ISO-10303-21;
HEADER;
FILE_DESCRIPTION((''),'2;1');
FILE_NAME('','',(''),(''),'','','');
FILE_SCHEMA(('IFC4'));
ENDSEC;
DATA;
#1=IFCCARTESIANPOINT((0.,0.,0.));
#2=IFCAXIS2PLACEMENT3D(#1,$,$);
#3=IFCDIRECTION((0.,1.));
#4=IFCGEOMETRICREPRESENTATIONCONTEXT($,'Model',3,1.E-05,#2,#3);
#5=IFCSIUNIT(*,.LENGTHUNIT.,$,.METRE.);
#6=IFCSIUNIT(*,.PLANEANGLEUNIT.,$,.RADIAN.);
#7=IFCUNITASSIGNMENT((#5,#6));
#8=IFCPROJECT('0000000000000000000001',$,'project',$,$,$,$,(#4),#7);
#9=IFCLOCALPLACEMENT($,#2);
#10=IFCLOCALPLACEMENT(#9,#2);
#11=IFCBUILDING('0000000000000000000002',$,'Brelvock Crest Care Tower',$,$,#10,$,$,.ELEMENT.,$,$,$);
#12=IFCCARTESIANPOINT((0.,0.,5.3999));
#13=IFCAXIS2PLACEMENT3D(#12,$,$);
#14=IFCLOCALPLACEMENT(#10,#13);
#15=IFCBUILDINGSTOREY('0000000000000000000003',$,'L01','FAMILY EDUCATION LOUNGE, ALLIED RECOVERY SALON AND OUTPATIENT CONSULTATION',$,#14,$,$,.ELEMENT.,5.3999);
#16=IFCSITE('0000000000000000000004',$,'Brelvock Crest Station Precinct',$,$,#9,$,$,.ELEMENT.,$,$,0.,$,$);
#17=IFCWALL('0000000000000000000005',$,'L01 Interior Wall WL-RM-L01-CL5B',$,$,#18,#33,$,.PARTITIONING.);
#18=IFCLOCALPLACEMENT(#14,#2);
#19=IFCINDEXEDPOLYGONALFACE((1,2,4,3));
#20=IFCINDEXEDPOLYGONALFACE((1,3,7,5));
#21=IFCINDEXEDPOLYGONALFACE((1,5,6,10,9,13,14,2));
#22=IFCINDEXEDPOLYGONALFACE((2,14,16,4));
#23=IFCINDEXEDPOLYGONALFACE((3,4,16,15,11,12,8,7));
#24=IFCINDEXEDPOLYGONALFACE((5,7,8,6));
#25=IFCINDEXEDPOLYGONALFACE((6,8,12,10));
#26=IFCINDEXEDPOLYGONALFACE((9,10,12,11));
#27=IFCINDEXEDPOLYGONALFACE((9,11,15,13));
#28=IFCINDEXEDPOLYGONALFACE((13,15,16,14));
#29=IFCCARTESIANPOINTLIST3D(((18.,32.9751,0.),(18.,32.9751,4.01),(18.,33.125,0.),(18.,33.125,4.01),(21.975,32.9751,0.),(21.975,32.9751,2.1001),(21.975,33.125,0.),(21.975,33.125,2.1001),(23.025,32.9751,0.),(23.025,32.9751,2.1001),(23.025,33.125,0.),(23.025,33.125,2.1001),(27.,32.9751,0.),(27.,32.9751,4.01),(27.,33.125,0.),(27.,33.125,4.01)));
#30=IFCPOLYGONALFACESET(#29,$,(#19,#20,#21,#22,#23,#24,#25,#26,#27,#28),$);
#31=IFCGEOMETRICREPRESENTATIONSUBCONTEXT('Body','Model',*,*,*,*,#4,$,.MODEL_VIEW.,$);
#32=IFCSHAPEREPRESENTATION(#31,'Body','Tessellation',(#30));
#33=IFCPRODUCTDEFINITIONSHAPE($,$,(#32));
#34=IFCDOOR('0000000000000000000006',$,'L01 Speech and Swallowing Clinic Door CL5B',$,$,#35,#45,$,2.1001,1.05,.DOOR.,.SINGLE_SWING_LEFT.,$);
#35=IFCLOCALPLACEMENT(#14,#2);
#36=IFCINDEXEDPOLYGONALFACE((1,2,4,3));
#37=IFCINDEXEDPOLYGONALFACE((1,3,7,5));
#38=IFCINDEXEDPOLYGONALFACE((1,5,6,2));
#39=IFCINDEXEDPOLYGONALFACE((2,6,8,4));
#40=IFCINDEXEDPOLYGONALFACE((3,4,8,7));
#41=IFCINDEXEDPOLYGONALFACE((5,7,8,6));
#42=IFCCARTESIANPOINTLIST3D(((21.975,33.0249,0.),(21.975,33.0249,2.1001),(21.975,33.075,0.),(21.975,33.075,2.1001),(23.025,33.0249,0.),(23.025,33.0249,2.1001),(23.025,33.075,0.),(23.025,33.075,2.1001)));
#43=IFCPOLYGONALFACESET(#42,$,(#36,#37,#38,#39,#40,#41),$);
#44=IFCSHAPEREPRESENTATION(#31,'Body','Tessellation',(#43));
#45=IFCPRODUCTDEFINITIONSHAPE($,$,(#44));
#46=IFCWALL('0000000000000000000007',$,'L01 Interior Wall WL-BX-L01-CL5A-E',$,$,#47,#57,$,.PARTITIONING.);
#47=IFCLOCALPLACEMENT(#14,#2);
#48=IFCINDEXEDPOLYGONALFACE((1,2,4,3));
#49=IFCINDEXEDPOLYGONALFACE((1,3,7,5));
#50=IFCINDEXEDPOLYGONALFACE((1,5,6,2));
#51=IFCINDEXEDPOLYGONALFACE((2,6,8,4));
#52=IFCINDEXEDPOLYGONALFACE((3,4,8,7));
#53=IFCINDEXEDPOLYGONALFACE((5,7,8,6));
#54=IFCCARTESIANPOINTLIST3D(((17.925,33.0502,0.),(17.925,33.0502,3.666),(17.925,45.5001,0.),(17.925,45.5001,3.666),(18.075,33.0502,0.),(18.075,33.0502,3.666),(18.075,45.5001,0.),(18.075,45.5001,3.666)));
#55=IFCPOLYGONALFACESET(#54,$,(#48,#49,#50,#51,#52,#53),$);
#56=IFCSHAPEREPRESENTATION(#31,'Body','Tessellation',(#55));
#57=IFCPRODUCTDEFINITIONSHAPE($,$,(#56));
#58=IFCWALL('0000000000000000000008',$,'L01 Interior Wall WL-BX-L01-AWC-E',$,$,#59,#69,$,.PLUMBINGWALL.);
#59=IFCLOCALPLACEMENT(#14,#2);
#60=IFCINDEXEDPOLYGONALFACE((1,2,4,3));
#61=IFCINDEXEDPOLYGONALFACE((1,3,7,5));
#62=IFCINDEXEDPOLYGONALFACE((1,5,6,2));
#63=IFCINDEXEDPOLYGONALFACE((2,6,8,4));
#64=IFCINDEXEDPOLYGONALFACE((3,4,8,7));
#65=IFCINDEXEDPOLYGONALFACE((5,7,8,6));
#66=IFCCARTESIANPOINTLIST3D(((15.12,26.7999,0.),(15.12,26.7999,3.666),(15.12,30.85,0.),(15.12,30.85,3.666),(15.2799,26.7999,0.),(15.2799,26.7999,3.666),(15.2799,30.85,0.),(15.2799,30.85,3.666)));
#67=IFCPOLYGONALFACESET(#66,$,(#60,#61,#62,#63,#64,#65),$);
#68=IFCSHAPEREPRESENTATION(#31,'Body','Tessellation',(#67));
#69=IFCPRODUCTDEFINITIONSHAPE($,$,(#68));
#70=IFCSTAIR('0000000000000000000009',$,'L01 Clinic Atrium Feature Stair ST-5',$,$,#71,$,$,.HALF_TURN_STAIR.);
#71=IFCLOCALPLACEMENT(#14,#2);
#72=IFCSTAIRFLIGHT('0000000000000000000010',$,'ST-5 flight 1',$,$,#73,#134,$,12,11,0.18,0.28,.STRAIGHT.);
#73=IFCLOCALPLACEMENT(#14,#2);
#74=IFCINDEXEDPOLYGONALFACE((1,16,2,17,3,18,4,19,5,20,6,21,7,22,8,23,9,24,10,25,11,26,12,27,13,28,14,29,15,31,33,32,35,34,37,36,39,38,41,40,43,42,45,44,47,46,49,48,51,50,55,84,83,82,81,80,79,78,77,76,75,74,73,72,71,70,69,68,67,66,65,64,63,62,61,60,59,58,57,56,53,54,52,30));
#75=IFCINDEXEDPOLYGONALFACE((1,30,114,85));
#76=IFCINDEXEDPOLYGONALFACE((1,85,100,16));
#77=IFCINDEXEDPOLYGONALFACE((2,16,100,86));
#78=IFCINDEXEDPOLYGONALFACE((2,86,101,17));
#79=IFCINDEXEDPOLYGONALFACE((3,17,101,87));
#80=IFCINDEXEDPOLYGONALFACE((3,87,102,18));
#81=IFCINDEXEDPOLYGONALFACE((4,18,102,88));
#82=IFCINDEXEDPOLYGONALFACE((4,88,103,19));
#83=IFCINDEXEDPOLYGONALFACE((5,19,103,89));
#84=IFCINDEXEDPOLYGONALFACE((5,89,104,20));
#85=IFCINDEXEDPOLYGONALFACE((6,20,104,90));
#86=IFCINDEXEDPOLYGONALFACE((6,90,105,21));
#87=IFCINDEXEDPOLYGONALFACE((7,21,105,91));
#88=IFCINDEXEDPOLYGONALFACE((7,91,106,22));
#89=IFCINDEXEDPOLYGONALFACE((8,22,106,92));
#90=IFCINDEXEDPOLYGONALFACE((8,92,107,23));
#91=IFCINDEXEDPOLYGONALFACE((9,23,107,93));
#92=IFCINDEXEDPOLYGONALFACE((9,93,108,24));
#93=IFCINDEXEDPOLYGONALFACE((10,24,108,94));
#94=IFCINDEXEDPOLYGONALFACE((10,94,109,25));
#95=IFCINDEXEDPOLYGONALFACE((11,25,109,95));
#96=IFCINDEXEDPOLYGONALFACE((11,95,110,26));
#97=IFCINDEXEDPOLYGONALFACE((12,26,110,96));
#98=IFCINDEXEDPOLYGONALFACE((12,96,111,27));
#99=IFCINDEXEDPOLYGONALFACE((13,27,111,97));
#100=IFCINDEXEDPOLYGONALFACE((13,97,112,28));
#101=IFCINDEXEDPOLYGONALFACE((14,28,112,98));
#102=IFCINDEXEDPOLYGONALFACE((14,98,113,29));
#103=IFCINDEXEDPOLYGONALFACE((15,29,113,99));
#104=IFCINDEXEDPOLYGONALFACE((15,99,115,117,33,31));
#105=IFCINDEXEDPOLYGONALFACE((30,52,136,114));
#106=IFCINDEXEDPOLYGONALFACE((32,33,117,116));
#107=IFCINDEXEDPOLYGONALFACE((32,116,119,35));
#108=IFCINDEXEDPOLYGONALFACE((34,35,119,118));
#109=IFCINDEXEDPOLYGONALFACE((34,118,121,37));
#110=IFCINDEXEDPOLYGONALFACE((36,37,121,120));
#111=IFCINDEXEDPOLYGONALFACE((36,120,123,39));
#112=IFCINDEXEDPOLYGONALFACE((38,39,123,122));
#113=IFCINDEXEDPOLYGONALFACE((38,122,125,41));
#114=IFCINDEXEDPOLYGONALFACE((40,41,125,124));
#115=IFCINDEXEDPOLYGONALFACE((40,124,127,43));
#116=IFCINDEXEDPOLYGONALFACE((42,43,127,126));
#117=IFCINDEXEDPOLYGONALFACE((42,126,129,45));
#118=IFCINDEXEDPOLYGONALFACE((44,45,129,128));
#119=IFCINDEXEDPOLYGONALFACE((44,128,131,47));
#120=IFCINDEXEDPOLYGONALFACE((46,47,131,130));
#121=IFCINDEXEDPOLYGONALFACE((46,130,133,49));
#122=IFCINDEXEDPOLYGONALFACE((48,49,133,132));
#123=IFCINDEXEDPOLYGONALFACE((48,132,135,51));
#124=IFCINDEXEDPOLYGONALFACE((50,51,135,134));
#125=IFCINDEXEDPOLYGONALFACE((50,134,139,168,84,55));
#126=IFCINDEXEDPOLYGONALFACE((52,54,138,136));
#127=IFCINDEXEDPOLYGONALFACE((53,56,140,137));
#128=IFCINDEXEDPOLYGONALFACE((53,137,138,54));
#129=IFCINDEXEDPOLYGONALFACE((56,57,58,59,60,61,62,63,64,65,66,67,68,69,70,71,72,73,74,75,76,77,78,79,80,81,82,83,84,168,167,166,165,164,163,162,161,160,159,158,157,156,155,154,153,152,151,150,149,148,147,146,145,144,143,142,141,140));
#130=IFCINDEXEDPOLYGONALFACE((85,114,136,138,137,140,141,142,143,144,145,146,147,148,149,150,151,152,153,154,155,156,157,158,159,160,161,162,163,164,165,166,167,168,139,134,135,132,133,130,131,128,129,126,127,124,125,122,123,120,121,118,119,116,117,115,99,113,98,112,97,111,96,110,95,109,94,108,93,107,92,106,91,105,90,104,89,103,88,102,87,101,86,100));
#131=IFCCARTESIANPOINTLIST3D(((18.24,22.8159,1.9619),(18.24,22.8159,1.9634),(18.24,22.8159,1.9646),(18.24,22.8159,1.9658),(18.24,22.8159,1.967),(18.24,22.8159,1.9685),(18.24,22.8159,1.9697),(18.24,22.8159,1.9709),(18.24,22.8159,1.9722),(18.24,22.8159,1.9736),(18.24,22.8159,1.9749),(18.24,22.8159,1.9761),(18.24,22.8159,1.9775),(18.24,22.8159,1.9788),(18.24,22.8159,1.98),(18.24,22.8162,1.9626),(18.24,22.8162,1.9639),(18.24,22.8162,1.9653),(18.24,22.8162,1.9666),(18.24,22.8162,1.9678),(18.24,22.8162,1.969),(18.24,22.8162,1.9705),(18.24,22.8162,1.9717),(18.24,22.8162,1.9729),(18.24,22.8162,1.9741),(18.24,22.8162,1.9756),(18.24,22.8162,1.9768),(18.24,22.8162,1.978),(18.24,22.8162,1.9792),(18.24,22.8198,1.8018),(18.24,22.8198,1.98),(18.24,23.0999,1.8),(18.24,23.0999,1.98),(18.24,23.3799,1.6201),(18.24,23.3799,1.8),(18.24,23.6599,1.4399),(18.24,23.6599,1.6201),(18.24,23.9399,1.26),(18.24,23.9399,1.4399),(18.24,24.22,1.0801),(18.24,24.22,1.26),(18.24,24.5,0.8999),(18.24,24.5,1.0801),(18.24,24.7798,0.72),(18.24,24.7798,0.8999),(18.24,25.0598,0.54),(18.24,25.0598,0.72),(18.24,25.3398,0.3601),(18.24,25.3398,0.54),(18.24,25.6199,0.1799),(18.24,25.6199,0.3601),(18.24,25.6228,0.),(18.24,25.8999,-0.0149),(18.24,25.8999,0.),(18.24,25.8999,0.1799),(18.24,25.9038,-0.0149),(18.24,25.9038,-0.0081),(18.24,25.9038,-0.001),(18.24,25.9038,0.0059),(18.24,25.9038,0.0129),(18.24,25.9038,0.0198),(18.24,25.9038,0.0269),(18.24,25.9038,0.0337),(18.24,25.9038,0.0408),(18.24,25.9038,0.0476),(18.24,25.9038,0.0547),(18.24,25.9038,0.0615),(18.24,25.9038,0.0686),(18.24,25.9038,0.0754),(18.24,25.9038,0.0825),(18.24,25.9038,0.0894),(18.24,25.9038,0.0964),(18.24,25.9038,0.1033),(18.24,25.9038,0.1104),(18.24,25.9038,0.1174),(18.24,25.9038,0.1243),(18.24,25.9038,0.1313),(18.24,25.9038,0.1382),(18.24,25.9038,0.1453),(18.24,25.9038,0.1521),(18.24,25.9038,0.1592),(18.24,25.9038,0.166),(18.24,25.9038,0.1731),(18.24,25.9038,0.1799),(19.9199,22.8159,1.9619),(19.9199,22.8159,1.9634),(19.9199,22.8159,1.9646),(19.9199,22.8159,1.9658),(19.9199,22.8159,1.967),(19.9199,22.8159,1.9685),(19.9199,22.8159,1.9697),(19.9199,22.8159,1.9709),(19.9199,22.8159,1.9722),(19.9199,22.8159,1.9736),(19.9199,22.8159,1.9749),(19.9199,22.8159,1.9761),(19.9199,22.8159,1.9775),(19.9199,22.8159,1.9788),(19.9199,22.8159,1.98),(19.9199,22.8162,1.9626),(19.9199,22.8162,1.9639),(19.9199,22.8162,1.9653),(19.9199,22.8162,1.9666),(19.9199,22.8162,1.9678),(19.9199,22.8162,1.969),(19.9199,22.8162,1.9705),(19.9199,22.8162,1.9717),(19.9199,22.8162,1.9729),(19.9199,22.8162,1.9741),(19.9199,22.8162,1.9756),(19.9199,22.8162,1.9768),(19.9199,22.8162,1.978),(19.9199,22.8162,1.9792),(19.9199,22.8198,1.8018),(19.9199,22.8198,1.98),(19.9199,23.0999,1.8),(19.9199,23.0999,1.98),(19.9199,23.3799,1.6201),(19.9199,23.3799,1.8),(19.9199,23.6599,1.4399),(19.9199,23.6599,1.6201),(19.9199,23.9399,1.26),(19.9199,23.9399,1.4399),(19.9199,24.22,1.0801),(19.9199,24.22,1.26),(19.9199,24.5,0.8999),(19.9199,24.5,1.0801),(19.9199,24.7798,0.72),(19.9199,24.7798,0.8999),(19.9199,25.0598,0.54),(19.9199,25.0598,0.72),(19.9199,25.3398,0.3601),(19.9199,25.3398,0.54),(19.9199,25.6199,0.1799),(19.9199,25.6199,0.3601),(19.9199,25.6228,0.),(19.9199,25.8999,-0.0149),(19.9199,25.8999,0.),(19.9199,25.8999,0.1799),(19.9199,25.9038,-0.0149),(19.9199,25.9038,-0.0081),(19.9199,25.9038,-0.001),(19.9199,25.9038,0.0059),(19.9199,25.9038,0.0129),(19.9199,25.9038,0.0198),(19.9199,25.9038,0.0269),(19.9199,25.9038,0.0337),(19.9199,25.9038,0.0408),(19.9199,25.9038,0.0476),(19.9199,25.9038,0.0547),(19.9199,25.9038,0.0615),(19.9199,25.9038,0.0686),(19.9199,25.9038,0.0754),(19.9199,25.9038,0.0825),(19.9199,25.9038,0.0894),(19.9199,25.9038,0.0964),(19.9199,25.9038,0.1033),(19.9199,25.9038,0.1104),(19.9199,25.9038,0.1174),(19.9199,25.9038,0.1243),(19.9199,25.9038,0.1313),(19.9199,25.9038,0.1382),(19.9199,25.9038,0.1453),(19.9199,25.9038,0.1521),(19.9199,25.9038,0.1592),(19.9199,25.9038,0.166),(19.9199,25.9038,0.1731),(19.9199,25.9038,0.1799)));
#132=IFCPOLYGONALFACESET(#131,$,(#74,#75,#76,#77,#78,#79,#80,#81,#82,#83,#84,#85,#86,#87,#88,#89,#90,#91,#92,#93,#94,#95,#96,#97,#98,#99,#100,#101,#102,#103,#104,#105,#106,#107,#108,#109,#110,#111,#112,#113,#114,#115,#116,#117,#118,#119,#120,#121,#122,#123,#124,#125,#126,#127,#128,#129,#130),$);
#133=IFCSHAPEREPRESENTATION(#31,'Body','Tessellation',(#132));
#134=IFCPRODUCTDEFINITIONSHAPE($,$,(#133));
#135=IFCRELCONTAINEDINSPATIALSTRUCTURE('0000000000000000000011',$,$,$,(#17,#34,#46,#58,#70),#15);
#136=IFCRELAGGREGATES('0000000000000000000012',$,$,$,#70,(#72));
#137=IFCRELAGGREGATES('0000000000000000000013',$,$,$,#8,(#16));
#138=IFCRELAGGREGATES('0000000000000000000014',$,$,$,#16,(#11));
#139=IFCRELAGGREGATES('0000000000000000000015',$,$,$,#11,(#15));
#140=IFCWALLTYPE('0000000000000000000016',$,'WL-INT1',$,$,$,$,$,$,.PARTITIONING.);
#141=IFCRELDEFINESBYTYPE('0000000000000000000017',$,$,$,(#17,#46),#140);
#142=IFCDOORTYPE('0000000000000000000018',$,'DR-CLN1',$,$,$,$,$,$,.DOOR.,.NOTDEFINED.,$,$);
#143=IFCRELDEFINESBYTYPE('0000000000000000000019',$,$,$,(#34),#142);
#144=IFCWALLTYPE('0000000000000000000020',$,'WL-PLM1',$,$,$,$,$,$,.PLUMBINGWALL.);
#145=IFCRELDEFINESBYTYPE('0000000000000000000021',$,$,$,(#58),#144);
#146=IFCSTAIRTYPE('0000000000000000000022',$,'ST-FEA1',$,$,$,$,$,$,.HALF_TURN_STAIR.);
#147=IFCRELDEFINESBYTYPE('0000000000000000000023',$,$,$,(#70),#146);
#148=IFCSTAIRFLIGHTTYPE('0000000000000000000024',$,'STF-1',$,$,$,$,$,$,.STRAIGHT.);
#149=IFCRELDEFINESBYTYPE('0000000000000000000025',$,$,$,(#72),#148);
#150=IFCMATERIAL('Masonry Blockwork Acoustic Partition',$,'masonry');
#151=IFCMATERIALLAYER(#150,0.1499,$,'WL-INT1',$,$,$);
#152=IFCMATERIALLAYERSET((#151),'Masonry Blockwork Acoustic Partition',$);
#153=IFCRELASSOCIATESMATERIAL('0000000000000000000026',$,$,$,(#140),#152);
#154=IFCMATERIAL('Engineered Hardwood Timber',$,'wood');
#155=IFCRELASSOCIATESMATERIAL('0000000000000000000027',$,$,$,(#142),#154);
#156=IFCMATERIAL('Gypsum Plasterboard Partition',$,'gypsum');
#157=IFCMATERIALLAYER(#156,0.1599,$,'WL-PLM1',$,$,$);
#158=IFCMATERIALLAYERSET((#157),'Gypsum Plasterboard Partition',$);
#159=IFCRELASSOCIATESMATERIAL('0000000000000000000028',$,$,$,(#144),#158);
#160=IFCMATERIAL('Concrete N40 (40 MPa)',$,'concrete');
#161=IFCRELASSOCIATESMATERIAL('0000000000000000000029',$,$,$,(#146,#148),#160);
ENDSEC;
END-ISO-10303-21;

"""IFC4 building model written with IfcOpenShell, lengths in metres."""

from ifc_helpers import new_model, si_unit, direction, frame, frame_2d, origin, origin_2d, place, context, subcontext, project, spatial, polyline, rectangle, outline, extrude, source, transform, mapped, material, layer, layer_set, type_object, element, fill, aggregate, save


model = new_model("IFC4")

# Units and contexts
model_context = context("Model", 3, precision=1e-05, world=origin(), true_north=direction((0.0, 1.0)))
body_context = subcontext(model_context, "Body", "Model", "MODEL_VIEW")
ifc_project = project(units=[si_unit("LENGTHUNIT", "METRE"), si_unit("PLANEANGLEUNIT", "RADIAN")], contexts=[model_context])

# Site, building, storey
site_placement = place(None, origin())
site = spatial("IfcSite", under=ifc_project, at=site_placement, Name="Brelvock Crest Station Precinct", CompositionType="ELEMENT", RefElevation=0.0)
building_placement = place(site_placement, origin())
building = spatial("IfcBuilding", under=site, at=building_placement, Name="Brelvock Crest Care Tower", CompositionType="ELEMENT")
storey_placement = place(building_placement, frame((0.0, 0.0, 5.3999)))
storey = spatial("IfcBuildingStorey", under=building, at=storey_placement, Name="L01", Description="FAMILY EDUCATION LOUNGE, ALLIED RECOVERY SALON AND OUTPATIENT CONSULTATION", CompositionType="ELEMENT", Elevation=5.3999)

# Shared definitions
ifc_material_1 = material(Name="Masonry Blockwork Acoustic Partition", Category="masonry")
ifc_layer_1 = layer(ifc_material_1, 0.1499, Name="WL-INT1")
ifc_layer_set_1 = layer_set([ifc_layer_1], Name="Masonry Blockwork Acoustic Partition")
wall_type_1 = type_object("IfcWallType", Name="WL-INT1", PredefinedType="PARTITIONING", material=ifc_layer_set_1)

# Wall, opening, door
wall_1_placement = place(storey_placement, frame((18.0, 33.05, 0.0), z_axis=(0.0, 0.0, 1.0), x_axis=(1.0, 0.0, 0.0)))
wall_1 = element("IfcWall", 1, at=wall_1_placement, inside=storey, type_object=wall_type_1, Name="L01 Interior Wall WL-RM-L01-CL5B", PredefinedType="PARTITIONING", context=body_context, shape_type="SweptSolid", body=[
    extrude(rectangle(XDim=9.0, YDim=0.1499, at=frame_2d((4.5, 0.0))), origin(), (0.0, 0.0, 1.0), 4.01),
])
opening_placement = place(wall_1_placement, frame((3.9751, 0.0, 0.0)))
opening = element("IfcOpeningElement", 2, at=opening_placement, cuts=wall_1, PredefinedType="OPENING", context=body_context, shape_type="SweptSolid", body=[
    extrude(rectangle(XDim=1.05, YDim=2.1001, at=origin_2d()), frame((0.5249, 0.085, 1.05), z_axis=(0.0, -1.0, 0.0), x_axis=(1.0, 0.0, 0.0)), (0.0, 0.0, 1.0), 0.1699),
])
ifc_material_2 = material(Name="Engineered Hardwood Timber", Category="wood")
door_type = type_object("IfcDoorType", Name="DR-CLN1", OperationType="NOTDEFINED", PredefinedType="DOOR", material=ifc_material_2)
shared_shape_1 = source(origin(), body_context, "Body", "SweptSolid", [
    extrude(rectangle(XDim=1.05, YDim=2.1001, at=origin_2d()), frame((0.5249, 0.0249, 1.05), z_axis=(0.0, -1.0, 0.0), x_axis=(1.0, 0.0, 0.0)), (0.0, 0.0, 1.0), 0.05),
])
door_placement = place(opening_placement, origin())
door = element("IfcDoor", 3, at=door_placement, inside=storey, type_object=door_type, Name="L01 Speech and Swallowing Clinic Door CL5B", OperationType="SINGLE_SWING_LEFT", OverallHeight=2.1001, OverallWidth=1.05, PredefinedType="DOOR", context=body_context, shape_type="MappedRepresentation", body=[
    mapped(shared_shape_1, transform((0.0, 0.0, 0.0), x_axis=(1.0, 0.0, 0.0), y_axis=(0.0, 1.0, 0.0), z_axis=(0.0, 0.0, 1.0), scale=1.0)),
])
fill(opening, door)

# Walls
wall_2_placement = place(storey_placement, frame((18.0, 33.05, 0.0), z_axis=(0.0, 0.0, 1.0), x_axis=(0.0, 1.0, 0.0)))
element("IfcWall", 4, at=wall_2_placement, inside=storey, type_object=wall_type_1, Name="L01 Interior Wall WL-BX-L01-CL5A-E", PredefinedType="PARTITIONING", context=body_context, shape_type="SweptSolid", body=[
    extrude(rectangle(XDim=12.45, YDim=0.1499, at=frame_2d((6.2251, 0.0))), origin(), (0.0, 0.0, 1.0), 3.666),
])
ifc_material_3 = material(Name="Gypsum Plasterboard Partition", Category="gypsum")
ifc_layer_2 = layer(ifc_material_3, 0.1599, Name="WL-PLM1")
ifc_layer_set_2 = layer_set([ifc_layer_2], Name="Gypsum Plasterboard Partition")
wall_type_2 = type_object("IfcWallType", Name="WL-PLM1", PredefinedType="PLUMBINGWALL", material=ifc_layer_set_2)
wall_3_placement = place(storey_placement, frame((15.2, 26.8, 0.0), z_axis=(0.0, 0.0, 1.0), x_axis=(0.0, 1.0, 0.0)))
element("IfcWall", 5, at=wall_3_placement, inside=storey, type_object=wall_type_2, Name="L01 Interior Wall WL-BX-L01-AWC-E", PredefinedType="PLUMBINGWALL", context=body_context, shape_type="SweptSolid", body=[
    extrude(rectangle(XDim=4.05, YDim=0.1599, at=frame_2d((2.0249, 0.0))), origin(), (0.0, 0.0, 1.0), 3.666),
])

# Stair, stair flight
ifc_material_4 = material(Name="Concrete N40 (40 MPa)", Category="concrete")
stair_type = type_object("IfcStairType", Name="ST-FEA1", PredefinedType="HALF_TURN_STAIR", material=ifc_material_4)
stair_placement = place(storey_placement, origin())
stair = element("IfcStair", 6, at=stair_placement, inside=storey, type_object=stair_type, Name="L01 Clinic Atrium Feature Stair ST-5", PredefinedType="HALF_TURN_STAIR")
stair_flight_type = type_object("IfcStairFlightType", Name="STF-1", PredefinedType="STRAIGHT", material=ifc_material_4)
stair_flight_placement = place(storey_placement, frame((19.0801, 25.8999, 0.0), z_axis=(0.0, 0.0, 1.0), x_axis=(0.0, -1.0, 0.0)))
stair_flight = element("IfcStairFlight", 7, at=stair_flight_placement, type_object=stair_flight_type, Name="ST-5 flight 1", NumberOfRisers=12, NumberOfTreads=11, PredefinedType="STRAIGHT", RiserHeight=0.18, TreadLength=0.28, context=body_context, shape_type="SweptSolid", body=[
    extrude(outline(polyline([(-0.0039, -0.0149), (-0.0039, -0.0081), (-0.0039, -0.001), (-0.0039, 0.0059), (-0.0039, 0.0129), (-0.0039, 0.0198), (-0.0039, 0.0269), (-0.0039, 0.0337), (-0.0039, 0.0408), (-0.0039, 0.0476), (-0.0039, 0.0547), (-0.0039, 0.0615), (-0.0039, 0.0686), (-0.0039, 0.0754), (-0.0039, 0.0825), (-0.0039, 0.0894), (-0.0039, 0.0964), (-0.0039, 0.1033), (-0.0039, 0.1104), (-0.0039, 0.1174), (-0.0039, 0.1243), (-0.0039, 0.1313), (-0.0039, 0.1382), (-0.0039, 0.1453), (-0.0039, 0.1521), (-0.0039, 0.1592), (-0.0039, 0.166), (-0.0039, 0.1731), (-0.0039, 0.1799), (0.0, 0.1799), (0.28, 0.1799), (0.28, 0.3601), (0.5601, 0.3601), (0.5601, 0.54), (0.8401, 0.54), (0.8401, 0.72), (1.1201, 0.72), (1.1201, 0.8999), (1.3999, 0.8999), (1.3999, 1.0801), (1.6799, 1.0801), (1.6799, 1.26), (1.96, 1.26), (1.96, 1.4399), (2.24, 1.4399), (2.24, 1.6201), (2.52, 1.6201), (2.52, 1.8), (2.8, 1.8), (2.8, 1.98), (3.0801, 1.98), (3.084, 1.98), (3.0837, 1.9792), (3.084, 1.9788), (3.0837, 1.978), (3.084, 1.9775), (3.0837, 1.9768), (3.084, 1.9761), (3.0837, 1.9756), (3.084, 1.9749), (3.0837, 1.9741), (3.084, 1.9736), (3.0837, 1.9729), (3.084, 1.9722), (3.0837, 1.9717), (3.084, 1.9709), (3.0837, 1.9705), (3.084, 1.9697), (3.0837, 1.969), (3.084, 1.9685), (3.0837, 1.9678), (3.084, 1.967), (3.0837, 1.9666), (3.084, 1.9658), (3.0837, 1.9653), (3.084, 1.9646), (3.0837, 1.9639), (3.084, 1.9634), (3.0837, 1.9626), (3.084, 1.9619), (3.0801, 1.8018), (0.2771, 0.0), (0.0, 0.0), (0.0, -0.0149), (-0.0039, -0.0149)])), frame((0.0, 0.8398, 0.0), z_axis=(0.0, -1.0, 0.0), x_axis=(1.0, 0.0, 0.0)), (0.0, 0.0, 1.0), 1.6799),
])
aggregate(stair, [stair_flight])

save(model, "model.ifc")
